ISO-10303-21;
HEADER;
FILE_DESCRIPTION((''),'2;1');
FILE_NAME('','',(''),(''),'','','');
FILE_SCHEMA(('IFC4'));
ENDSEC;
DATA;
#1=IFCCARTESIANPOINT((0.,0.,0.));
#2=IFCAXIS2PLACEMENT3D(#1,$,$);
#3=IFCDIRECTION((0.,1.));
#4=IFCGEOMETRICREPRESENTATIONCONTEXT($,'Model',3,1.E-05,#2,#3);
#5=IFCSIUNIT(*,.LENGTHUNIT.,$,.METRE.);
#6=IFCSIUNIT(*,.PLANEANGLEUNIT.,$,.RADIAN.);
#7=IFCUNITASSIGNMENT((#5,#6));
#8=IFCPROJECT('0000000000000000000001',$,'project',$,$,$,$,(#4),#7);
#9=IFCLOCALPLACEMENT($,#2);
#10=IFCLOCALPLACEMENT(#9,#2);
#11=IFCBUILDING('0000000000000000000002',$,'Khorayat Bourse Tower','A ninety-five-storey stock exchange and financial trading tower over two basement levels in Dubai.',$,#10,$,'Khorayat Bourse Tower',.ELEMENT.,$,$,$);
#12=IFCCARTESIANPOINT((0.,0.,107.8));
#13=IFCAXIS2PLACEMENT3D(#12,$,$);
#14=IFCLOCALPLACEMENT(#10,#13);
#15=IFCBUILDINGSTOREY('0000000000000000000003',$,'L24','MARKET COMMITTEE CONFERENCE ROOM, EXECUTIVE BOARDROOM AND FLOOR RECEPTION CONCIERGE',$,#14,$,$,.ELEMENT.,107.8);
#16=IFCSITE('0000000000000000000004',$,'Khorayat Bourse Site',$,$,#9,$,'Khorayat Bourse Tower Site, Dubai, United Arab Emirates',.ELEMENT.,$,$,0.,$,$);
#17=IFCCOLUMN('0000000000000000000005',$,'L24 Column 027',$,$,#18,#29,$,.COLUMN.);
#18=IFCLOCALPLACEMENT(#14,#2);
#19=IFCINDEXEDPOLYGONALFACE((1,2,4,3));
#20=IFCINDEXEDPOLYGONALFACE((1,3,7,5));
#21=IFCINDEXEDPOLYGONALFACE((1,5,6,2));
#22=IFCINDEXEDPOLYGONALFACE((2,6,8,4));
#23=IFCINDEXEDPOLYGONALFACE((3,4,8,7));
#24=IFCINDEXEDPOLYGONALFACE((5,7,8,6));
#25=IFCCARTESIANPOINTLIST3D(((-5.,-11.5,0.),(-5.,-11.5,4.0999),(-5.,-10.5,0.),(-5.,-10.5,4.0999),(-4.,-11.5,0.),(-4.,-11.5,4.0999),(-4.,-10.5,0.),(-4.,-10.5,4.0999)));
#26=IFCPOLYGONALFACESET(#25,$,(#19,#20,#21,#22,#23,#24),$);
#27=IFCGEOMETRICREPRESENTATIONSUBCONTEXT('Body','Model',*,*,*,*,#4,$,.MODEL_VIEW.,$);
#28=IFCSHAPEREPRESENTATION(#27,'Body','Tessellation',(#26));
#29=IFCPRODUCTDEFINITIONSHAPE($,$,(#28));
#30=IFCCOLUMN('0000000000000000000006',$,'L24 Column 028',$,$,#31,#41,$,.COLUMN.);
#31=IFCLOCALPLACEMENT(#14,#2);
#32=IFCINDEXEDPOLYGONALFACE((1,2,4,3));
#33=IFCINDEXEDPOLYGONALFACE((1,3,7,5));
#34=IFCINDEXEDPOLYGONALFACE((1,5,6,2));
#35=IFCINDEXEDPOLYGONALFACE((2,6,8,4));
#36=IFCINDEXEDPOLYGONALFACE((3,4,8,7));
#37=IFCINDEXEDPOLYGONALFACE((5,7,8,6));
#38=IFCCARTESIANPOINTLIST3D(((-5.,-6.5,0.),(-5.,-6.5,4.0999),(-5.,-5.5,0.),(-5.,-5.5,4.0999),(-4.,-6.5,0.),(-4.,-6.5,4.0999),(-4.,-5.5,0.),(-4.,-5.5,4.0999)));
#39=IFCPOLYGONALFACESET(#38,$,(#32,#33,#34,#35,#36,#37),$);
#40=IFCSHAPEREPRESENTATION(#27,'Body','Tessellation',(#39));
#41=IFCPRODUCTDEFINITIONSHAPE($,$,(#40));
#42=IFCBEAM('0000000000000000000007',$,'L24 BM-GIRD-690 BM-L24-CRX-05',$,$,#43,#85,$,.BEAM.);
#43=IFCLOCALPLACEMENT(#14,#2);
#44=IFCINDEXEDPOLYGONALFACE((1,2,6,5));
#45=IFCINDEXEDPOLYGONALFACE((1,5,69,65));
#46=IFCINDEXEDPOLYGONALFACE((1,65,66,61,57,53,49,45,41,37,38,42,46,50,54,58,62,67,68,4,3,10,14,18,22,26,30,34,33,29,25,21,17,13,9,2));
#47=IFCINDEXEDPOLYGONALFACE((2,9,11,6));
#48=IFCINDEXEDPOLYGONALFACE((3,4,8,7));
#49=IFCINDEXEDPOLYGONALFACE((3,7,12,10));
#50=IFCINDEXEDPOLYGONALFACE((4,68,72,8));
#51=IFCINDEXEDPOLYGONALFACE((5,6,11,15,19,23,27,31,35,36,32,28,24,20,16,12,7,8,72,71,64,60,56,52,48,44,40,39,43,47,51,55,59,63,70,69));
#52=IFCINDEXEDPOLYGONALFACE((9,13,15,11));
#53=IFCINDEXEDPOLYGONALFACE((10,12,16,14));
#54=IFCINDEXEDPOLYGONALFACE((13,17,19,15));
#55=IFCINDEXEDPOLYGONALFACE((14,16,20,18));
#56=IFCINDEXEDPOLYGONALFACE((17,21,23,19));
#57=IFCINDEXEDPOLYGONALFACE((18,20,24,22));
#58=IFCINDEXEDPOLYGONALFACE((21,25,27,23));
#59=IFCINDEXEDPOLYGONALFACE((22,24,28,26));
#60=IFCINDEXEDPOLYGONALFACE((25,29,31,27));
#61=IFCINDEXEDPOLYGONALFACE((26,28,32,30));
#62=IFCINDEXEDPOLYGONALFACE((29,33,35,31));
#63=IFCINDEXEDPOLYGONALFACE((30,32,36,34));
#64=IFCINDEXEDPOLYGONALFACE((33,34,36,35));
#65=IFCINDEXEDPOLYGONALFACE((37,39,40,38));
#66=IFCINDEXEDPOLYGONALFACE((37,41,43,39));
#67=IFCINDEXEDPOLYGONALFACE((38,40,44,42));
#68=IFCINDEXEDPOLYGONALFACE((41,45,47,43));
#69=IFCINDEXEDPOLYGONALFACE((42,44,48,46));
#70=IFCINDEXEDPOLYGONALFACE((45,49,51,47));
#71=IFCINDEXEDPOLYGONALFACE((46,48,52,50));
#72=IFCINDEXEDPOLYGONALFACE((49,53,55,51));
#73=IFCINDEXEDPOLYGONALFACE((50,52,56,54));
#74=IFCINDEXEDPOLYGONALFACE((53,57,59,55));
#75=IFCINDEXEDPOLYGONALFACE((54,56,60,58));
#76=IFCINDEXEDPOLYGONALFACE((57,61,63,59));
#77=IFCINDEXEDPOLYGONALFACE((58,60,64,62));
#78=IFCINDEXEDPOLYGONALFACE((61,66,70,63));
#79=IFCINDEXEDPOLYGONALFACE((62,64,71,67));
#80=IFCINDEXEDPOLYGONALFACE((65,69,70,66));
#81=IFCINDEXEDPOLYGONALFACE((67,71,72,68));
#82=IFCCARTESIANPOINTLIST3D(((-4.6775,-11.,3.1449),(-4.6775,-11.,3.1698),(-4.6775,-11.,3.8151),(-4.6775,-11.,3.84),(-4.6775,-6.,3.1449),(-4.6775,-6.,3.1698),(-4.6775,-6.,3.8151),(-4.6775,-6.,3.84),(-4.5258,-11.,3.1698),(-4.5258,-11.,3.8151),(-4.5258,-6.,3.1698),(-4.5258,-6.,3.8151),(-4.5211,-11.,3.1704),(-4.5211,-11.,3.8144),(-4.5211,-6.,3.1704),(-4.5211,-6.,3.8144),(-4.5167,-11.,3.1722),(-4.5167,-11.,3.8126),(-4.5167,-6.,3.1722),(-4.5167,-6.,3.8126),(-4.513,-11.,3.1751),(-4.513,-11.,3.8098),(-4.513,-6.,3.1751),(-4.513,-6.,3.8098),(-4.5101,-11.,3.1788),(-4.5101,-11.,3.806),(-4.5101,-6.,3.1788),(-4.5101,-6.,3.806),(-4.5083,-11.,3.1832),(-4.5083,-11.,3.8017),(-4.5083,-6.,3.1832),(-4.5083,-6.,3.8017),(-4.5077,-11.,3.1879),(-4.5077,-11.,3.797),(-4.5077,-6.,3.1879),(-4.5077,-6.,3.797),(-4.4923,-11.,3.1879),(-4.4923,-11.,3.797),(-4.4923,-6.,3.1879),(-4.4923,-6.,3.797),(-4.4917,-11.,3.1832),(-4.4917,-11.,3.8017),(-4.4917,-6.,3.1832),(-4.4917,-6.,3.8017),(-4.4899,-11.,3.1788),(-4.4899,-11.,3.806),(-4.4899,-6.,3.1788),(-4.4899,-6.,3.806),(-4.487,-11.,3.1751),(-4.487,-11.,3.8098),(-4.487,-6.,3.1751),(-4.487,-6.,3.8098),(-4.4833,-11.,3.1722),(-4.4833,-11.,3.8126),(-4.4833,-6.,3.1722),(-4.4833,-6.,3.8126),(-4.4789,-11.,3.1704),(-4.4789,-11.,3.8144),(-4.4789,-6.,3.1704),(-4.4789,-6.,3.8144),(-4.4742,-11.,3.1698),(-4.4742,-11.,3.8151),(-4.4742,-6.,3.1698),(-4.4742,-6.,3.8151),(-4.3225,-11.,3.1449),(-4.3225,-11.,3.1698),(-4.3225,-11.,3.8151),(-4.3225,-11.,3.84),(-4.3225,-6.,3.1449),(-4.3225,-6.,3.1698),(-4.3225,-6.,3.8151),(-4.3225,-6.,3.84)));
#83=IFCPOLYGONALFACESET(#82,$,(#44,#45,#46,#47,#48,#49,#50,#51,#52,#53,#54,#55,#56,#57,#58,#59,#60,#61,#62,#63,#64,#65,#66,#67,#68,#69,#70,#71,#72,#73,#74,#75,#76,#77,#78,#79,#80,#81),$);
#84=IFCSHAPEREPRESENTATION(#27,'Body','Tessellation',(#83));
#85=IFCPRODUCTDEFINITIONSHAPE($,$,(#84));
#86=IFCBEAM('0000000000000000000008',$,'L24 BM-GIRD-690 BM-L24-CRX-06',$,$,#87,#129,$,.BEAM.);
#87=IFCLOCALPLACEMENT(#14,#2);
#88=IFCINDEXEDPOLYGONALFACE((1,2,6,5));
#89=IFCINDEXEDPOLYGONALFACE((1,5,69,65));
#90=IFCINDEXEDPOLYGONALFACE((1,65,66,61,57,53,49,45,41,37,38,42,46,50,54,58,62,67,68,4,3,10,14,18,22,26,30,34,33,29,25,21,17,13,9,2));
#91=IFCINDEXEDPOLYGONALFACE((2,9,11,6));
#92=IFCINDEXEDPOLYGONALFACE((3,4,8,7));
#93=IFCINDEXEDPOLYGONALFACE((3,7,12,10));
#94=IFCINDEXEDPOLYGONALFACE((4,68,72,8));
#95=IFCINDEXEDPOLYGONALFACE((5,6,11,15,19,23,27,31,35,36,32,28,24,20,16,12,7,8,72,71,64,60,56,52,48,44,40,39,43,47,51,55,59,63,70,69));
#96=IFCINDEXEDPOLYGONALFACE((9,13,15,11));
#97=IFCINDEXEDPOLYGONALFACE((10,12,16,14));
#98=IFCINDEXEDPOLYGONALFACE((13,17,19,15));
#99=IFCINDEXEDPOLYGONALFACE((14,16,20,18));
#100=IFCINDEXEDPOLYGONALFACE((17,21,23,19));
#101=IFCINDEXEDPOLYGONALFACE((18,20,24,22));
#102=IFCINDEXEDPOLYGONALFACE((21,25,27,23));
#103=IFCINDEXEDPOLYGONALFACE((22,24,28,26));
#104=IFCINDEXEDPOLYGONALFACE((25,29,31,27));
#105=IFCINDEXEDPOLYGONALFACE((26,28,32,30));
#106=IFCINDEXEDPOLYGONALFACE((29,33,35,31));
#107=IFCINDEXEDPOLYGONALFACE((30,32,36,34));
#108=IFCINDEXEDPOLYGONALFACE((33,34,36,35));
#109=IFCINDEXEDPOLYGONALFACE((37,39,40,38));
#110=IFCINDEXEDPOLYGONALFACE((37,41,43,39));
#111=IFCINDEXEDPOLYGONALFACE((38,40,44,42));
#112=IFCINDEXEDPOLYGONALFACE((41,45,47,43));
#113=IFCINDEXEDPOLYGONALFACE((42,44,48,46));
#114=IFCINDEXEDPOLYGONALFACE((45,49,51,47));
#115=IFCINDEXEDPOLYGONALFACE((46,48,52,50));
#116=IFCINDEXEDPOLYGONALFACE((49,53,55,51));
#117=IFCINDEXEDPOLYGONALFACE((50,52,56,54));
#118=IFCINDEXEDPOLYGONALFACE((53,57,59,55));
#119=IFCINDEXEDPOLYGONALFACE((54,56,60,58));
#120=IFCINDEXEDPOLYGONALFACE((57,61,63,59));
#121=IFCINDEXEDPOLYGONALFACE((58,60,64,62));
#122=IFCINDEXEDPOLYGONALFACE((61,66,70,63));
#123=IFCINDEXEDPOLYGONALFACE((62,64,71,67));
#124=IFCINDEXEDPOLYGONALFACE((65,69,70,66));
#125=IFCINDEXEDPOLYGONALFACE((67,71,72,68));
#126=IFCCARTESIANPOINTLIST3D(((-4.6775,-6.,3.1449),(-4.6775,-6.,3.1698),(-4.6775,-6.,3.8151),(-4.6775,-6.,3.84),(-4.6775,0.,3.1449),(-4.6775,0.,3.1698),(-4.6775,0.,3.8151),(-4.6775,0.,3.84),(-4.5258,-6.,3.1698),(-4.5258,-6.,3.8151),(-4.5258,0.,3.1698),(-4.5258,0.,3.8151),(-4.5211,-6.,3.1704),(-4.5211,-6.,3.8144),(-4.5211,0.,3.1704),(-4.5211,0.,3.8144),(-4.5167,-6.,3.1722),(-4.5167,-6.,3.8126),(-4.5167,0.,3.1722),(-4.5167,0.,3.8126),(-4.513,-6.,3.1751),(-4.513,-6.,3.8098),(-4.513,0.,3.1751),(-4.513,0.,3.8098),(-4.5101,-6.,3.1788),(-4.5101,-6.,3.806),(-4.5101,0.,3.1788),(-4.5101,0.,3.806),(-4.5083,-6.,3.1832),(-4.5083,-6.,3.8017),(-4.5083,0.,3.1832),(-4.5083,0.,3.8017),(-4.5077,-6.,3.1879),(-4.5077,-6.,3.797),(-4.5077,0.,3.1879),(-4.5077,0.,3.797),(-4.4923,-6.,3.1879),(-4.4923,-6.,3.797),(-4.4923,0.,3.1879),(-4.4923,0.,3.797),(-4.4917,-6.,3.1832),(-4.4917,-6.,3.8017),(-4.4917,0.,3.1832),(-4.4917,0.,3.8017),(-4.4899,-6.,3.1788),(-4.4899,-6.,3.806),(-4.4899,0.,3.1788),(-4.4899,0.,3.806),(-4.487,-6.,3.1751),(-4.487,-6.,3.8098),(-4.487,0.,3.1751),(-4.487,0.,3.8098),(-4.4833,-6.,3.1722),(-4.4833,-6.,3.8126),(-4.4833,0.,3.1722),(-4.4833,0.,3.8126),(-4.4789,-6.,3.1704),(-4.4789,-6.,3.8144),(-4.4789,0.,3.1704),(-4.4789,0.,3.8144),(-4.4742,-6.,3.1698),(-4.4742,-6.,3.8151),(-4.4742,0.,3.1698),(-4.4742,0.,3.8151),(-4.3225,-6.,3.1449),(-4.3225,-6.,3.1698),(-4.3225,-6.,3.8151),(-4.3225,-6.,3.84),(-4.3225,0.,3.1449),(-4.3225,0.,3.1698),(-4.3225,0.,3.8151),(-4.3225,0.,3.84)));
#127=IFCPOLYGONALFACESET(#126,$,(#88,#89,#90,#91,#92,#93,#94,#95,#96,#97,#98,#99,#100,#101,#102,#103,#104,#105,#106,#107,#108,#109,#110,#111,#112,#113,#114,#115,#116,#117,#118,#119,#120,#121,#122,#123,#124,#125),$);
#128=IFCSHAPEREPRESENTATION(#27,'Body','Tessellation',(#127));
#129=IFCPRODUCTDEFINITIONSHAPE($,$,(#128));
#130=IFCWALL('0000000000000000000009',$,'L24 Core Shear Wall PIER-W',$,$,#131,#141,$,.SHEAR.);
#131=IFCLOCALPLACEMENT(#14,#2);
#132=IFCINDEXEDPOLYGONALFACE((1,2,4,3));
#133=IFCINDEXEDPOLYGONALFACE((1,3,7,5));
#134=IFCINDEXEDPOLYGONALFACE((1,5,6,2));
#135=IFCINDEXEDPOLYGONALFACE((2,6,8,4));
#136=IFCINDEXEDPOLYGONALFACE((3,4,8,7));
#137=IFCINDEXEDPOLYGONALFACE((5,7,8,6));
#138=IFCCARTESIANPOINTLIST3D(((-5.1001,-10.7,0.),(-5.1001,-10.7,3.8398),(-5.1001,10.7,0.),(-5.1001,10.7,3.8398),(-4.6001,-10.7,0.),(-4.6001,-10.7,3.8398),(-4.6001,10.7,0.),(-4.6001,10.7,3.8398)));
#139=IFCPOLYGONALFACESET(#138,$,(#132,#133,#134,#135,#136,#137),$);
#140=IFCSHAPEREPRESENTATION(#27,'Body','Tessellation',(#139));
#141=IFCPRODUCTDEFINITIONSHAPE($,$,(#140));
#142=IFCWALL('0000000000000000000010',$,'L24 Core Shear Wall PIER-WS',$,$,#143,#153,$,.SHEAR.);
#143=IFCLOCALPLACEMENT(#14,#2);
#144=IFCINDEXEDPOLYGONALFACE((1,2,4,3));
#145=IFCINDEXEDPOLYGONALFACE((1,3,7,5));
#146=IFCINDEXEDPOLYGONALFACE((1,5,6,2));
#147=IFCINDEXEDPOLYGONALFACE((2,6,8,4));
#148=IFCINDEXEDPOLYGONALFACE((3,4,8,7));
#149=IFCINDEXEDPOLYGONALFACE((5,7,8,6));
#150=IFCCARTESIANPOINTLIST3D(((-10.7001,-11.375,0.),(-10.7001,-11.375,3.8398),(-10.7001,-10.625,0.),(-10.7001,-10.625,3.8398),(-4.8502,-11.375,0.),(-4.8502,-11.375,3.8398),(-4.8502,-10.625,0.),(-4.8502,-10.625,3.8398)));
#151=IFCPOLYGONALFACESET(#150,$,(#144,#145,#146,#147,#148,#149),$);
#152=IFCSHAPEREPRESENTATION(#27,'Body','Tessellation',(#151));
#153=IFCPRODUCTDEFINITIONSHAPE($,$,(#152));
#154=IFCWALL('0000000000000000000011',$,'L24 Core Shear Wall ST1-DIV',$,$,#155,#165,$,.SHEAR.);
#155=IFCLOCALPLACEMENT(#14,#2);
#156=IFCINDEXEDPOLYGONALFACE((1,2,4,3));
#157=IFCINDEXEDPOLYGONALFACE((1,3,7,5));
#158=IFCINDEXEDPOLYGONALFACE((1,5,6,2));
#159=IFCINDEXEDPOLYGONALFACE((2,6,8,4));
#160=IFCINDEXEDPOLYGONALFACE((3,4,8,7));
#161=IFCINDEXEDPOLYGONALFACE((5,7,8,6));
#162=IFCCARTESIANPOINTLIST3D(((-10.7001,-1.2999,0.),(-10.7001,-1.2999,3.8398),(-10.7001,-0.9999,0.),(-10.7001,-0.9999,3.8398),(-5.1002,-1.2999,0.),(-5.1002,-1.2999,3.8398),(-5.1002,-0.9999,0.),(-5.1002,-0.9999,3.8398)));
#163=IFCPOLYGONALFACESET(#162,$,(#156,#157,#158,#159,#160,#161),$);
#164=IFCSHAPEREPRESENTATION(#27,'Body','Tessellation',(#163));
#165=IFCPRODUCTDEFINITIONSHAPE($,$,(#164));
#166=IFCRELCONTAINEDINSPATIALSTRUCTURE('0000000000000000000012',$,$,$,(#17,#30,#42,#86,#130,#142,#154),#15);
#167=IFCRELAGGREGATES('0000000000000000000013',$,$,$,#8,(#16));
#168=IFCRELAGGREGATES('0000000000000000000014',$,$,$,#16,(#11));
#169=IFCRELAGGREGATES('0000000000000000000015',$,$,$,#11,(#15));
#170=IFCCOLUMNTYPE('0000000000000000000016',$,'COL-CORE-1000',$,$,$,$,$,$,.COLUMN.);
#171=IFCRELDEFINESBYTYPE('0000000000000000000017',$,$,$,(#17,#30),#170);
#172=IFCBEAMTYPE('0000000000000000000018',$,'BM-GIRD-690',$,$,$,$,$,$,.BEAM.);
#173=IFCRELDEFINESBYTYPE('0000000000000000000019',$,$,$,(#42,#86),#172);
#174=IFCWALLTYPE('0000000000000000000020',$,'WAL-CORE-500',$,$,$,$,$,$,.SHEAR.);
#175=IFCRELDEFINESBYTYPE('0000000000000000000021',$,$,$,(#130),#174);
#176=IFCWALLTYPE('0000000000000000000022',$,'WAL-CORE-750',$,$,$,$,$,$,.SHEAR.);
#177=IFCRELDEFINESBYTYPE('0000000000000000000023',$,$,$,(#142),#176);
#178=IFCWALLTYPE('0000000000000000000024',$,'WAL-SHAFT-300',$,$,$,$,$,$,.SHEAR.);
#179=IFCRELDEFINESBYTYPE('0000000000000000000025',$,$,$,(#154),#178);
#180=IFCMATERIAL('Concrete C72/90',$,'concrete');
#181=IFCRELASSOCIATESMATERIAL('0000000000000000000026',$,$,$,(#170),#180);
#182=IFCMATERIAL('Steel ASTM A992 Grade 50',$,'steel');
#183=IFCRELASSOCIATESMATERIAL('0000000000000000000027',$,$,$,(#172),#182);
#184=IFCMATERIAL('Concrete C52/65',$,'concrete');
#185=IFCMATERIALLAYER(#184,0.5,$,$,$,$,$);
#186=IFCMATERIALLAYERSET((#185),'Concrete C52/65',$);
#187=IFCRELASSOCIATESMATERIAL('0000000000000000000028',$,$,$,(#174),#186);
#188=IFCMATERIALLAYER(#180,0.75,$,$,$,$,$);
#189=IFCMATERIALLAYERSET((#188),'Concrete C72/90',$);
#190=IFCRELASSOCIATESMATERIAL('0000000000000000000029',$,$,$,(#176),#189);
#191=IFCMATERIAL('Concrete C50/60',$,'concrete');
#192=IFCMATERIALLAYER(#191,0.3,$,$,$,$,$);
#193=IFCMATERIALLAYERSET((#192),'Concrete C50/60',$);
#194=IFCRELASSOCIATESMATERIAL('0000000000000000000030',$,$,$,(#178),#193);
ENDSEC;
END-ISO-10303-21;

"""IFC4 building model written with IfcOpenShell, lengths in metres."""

from ifc_helpers import new_model, si_unit, direction, frame, frame_2d, origin, origin_2d, place, context, subcontext, project, spatial, rectangle, i_section, extrude, source, transform, mapped, material, layer, layer_set, material_profile, profile_set, type_object, element, save


model = new_model("IFC4")

# Units and contexts
model_context = context("Model", 3, precision=1e-05, world=origin(), true_north=direction((0.0, 1.0)))
body_context = subcontext(model_context, "Body", "Model", "MODEL_VIEW")
ifc_project = project(units=[si_unit("LENGTHUNIT", "METRE"), si_unit("PLANEANGLEUNIT", "RADIAN")], contexts=[model_context])

# Site, building, storey
site_placement = place(None, origin())
site = spatial("IfcSite", under=ifc_project, at=site_placement, Name="Khorayat Bourse Site", LongName="Khorayat Bourse Tower Site, Dubai, United Arab Emirates", CompositionType="ELEMENT", RefElevation=0.0)
building_placement = place(site_placement, origin())
building = spatial("IfcBuilding", under=site, at=building_placement, Name="Khorayat Bourse Tower", Description="A ninety-five-storey stock exchange and financial trading tower over two basement levels in Dubai.", LongName="Khorayat Bourse Tower", CompositionType="ELEMENT")
storey_placement = place(building_placement, frame((0.0, 0.0, 107.8)))
storey = spatial("IfcBuildingStorey", under=building, at=storey_placement, Name="L24", Description="MARKET COMMITTEE CONFERENCE ROOM, EXECUTIVE BOARDROOM AND FLOOR RECEPTION CONCIERGE", CompositionType="ELEMENT", Elevation=107.8)

# Columns
ifc_material_1 = material(Name="Concrete C72/90", Category="concrete")
ifc_material_profile_1 = material_profile(ifc_material_1, rectangle(XDim=1.0, YDim=1.0, at=origin_2d()), Name="RC 1000x1000")
ifc_profile_set_1 = profile_set([ifc_material_profile_1], Name="Concrete C72/90")
column_type = type_object("IfcColumnType", Name="COL-CORE-1000", PredefinedType="COLUMN", material=ifc_profile_set_1)
shared_shape_1 = source(origin(), body_context, "Body", "SweptSolid", [
    extrude(rectangle(XDim=1.0, YDim=1.0, at=origin_2d()), origin(), (0.0, 0.0, 1.0), 4.0999),
])
for number, where, z_axis, x_axis, name in (
    (1, (-4.5, -11.0, 0.0), (0.0, 0.0, 1.0), (1.0, 0.0, 0.0), "L24 Column 027"),
    (2, (-4.5, -6.0, 0.0), (0.0, 0.0, 1.0), (1.0, 0.0, 0.0), "L24 Column 028"),
):
    element("IfcColumn", number, at=place(storey_placement, frame(where, z_axis=z_axis, x_axis=x_axis)), inside=storey, type_object=column_type, Name=name, PredefinedType="COLUMN", context=body_context, shape_type="MappedRepresentation", body=[
        mapped(shared_shape_1, transform((0.0, 0.0, 0.0), scale=1.0)),
    ])

# Beams
ifc_material_2 = material(Name="Steel ASTM A992 Grade 50", Category="steel")
ifc_material_profile_2 = material_profile(ifc_material_2, i_section(OverallWidth=0.355, OverallDepth=0.6951, WebThickness=0.0154, FlangeThickness=0.0249, FilletRadius=0.0181, at=origin_2d()), Name="W690X217")
ifc_profile_set_2 = profile_set([ifc_material_profile_2], Name="Steel ASTM A992 Grade 50")
beam_type = type_object("IfcBeamType", Name="BM-GIRD-690", PredefinedType="BEAM", material=ifc_profile_set_2)
shared_shape_2 = source(origin(), body_context, "Body", "SweptSolid", [
    extrude(i_section(OverallWidth=0.355, OverallDepth=0.6951, WebThickness=0.0154, FlangeThickness=0.0249, FilletRadius=0.0181, at=origin_2d()), origin(), (0.0, 0.0, 1.0), 5.0),
])
beam_1_placement = place(storey_placement, frame((-4.5, -11.0, 3.4924), z_axis=(0.0, 1.0, 0.0), x_axis=(-1.0, 0.0, 0.0)))
element("IfcBeam", 3, at=beam_1_placement, inside=storey, type_object=beam_type, Name="L24 BM-GIRD-690 BM-L24-CRX-05", PredefinedType="BEAM", context=body_context, shape_type="MappedRepresentation", body=[
    mapped(shared_shape_2, transform((0.0, 0.0, 0.0), scale=1.0)),
])
shared_shape_3 = source(origin(), body_context, "Body", "SweptSolid", [
    extrude(i_section(OverallWidth=0.355, OverallDepth=0.6951, WebThickness=0.0154, FlangeThickness=0.0249, FilletRadius=0.0181, at=origin_2d()), origin(), (0.0, 0.0, 1.0), 6.0),
])
beam_2_placement = place(storey_placement, frame((-4.5, -6.0, 3.4924), z_axis=(0.0, 1.0, 0.0), x_axis=(-1.0, 0.0, 0.0)))
element("IfcBeam", 4, at=beam_2_placement, inside=storey, type_object=beam_type, Name="L24 BM-GIRD-690 BM-L24-CRX-06", PredefinedType="BEAM", context=body_context, shape_type="MappedRepresentation", body=[
    mapped(shared_shape_3, transform((0.0, 0.0, 0.0), scale=1.0)),
])

# Walls
ifc_material_3 = material(Name="Concrete C52/65", Category="concrete")
ifc_layer_1 = layer(ifc_material_3, 0.5)
ifc_layer_set_1 = layer_set([ifc_layer_1], Name="Concrete C52/65")
wall_type_1 = type_object("IfcWallType", Name="WAL-CORE-500", PredefinedType="SHEAR", material=ifc_layer_set_1)
shared_shape_4 = source(origin(), body_context, "Body", "SweptSolid", [
    extrude(rectangle(XDim=21.3999, YDim=0.5, at=frame_2d((10.7, 0.0))), origin(), (0.0, 0.0, 1.0), 3.8398),
])
wall_1_placement = place(storey_placement, frame((-4.8501, -10.7, 0.0), z_axis=(0.0, 0.0, 1.0), x_axis=(0.0, 1.0, 0.0)))
element("IfcWall", 5, at=wall_1_placement, inside=storey, type_object=wall_type_1, Name="L24 Core Shear Wall PIER-W", PredefinedType="SHEAR", context=body_context, shape_type="MappedRepresentation", body=[
    mapped(shared_shape_4, transform((0.0, 0.0, 0.0), scale=1.0)),
])
ifc_layer_2 = layer(ifc_material_1, 0.75)
ifc_layer_set_2 = layer_set([ifc_layer_2], Name="Concrete C72/90")
wall_type_2 = type_object("IfcWallType", Name="WAL-CORE-750", PredefinedType="SHEAR", material=ifc_layer_set_2)
shared_shape_5 = source(origin(), body_context, "Body", "SweptSolid", [
    extrude(rectangle(XDim=5.8499, YDim=0.75, at=frame_2d((2.9248, 0.0))), origin(), (0.0, 0.0, 1.0), 3.8398),
])
wall_2_placement = place(storey_placement, frame((-10.7, -11.0, 0.0), z_axis=(0.0, 0.0, 1.0), x_axis=(1.0, 0.0, 0.0)))
element("IfcWall", 6, at=wall_2_placement, inside=storey, type_object=wall_type_2, Name="L24 Core Shear Wall PIER-WS", PredefinedType="SHEAR", context=body_context, shape_type="MappedRepresentation", body=[
    mapped(shared_shape_5, transform((0.0, 0.0, 0.0), scale=1.0)),
])
ifc_material_4 = material(Name="Concrete C50/60", Category="concrete")
ifc_layer_3 = layer(ifc_material_4, 0.3)
ifc_layer_set_3 = layer_set([ifc_layer_3], Name="Concrete C50/60")
wall_type_3 = type_object("IfcWallType", Name="WAL-SHAFT-300", PredefinedType="SHEAR", material=ifc_layer_set_3)
shared_shape_6 = source(origin(), body_context, "Body", "SweptSolid", [
    extrude(rectangle(XDim=5.5999, YDim=0.3, at=frame_2d((2.7998, 0.0))), origin(), (0.0, 0.0, 1.0), 3.8398),
])
wall_3_placement = place(storey_placement, frame((-10.7, -1.1499, 0.0), z_axis=(0.0, 0.0, 1.0), x_axis=(1.0, 0.0, 0.0)))
element("IfcWall", 7, at=wall_3_placement, inside=storey, type_object=wall_type_3, Name="L24 Core Shear Wall ST1-DIV", PredefinedType="SHEAR", context=body_context, shape_type="MappedRepresentation", body=[
    mapped(shared_shape_6, transform((0.0, 0.0, 0.0), scale=1.0)),
])

save(model, "model.ifc")
